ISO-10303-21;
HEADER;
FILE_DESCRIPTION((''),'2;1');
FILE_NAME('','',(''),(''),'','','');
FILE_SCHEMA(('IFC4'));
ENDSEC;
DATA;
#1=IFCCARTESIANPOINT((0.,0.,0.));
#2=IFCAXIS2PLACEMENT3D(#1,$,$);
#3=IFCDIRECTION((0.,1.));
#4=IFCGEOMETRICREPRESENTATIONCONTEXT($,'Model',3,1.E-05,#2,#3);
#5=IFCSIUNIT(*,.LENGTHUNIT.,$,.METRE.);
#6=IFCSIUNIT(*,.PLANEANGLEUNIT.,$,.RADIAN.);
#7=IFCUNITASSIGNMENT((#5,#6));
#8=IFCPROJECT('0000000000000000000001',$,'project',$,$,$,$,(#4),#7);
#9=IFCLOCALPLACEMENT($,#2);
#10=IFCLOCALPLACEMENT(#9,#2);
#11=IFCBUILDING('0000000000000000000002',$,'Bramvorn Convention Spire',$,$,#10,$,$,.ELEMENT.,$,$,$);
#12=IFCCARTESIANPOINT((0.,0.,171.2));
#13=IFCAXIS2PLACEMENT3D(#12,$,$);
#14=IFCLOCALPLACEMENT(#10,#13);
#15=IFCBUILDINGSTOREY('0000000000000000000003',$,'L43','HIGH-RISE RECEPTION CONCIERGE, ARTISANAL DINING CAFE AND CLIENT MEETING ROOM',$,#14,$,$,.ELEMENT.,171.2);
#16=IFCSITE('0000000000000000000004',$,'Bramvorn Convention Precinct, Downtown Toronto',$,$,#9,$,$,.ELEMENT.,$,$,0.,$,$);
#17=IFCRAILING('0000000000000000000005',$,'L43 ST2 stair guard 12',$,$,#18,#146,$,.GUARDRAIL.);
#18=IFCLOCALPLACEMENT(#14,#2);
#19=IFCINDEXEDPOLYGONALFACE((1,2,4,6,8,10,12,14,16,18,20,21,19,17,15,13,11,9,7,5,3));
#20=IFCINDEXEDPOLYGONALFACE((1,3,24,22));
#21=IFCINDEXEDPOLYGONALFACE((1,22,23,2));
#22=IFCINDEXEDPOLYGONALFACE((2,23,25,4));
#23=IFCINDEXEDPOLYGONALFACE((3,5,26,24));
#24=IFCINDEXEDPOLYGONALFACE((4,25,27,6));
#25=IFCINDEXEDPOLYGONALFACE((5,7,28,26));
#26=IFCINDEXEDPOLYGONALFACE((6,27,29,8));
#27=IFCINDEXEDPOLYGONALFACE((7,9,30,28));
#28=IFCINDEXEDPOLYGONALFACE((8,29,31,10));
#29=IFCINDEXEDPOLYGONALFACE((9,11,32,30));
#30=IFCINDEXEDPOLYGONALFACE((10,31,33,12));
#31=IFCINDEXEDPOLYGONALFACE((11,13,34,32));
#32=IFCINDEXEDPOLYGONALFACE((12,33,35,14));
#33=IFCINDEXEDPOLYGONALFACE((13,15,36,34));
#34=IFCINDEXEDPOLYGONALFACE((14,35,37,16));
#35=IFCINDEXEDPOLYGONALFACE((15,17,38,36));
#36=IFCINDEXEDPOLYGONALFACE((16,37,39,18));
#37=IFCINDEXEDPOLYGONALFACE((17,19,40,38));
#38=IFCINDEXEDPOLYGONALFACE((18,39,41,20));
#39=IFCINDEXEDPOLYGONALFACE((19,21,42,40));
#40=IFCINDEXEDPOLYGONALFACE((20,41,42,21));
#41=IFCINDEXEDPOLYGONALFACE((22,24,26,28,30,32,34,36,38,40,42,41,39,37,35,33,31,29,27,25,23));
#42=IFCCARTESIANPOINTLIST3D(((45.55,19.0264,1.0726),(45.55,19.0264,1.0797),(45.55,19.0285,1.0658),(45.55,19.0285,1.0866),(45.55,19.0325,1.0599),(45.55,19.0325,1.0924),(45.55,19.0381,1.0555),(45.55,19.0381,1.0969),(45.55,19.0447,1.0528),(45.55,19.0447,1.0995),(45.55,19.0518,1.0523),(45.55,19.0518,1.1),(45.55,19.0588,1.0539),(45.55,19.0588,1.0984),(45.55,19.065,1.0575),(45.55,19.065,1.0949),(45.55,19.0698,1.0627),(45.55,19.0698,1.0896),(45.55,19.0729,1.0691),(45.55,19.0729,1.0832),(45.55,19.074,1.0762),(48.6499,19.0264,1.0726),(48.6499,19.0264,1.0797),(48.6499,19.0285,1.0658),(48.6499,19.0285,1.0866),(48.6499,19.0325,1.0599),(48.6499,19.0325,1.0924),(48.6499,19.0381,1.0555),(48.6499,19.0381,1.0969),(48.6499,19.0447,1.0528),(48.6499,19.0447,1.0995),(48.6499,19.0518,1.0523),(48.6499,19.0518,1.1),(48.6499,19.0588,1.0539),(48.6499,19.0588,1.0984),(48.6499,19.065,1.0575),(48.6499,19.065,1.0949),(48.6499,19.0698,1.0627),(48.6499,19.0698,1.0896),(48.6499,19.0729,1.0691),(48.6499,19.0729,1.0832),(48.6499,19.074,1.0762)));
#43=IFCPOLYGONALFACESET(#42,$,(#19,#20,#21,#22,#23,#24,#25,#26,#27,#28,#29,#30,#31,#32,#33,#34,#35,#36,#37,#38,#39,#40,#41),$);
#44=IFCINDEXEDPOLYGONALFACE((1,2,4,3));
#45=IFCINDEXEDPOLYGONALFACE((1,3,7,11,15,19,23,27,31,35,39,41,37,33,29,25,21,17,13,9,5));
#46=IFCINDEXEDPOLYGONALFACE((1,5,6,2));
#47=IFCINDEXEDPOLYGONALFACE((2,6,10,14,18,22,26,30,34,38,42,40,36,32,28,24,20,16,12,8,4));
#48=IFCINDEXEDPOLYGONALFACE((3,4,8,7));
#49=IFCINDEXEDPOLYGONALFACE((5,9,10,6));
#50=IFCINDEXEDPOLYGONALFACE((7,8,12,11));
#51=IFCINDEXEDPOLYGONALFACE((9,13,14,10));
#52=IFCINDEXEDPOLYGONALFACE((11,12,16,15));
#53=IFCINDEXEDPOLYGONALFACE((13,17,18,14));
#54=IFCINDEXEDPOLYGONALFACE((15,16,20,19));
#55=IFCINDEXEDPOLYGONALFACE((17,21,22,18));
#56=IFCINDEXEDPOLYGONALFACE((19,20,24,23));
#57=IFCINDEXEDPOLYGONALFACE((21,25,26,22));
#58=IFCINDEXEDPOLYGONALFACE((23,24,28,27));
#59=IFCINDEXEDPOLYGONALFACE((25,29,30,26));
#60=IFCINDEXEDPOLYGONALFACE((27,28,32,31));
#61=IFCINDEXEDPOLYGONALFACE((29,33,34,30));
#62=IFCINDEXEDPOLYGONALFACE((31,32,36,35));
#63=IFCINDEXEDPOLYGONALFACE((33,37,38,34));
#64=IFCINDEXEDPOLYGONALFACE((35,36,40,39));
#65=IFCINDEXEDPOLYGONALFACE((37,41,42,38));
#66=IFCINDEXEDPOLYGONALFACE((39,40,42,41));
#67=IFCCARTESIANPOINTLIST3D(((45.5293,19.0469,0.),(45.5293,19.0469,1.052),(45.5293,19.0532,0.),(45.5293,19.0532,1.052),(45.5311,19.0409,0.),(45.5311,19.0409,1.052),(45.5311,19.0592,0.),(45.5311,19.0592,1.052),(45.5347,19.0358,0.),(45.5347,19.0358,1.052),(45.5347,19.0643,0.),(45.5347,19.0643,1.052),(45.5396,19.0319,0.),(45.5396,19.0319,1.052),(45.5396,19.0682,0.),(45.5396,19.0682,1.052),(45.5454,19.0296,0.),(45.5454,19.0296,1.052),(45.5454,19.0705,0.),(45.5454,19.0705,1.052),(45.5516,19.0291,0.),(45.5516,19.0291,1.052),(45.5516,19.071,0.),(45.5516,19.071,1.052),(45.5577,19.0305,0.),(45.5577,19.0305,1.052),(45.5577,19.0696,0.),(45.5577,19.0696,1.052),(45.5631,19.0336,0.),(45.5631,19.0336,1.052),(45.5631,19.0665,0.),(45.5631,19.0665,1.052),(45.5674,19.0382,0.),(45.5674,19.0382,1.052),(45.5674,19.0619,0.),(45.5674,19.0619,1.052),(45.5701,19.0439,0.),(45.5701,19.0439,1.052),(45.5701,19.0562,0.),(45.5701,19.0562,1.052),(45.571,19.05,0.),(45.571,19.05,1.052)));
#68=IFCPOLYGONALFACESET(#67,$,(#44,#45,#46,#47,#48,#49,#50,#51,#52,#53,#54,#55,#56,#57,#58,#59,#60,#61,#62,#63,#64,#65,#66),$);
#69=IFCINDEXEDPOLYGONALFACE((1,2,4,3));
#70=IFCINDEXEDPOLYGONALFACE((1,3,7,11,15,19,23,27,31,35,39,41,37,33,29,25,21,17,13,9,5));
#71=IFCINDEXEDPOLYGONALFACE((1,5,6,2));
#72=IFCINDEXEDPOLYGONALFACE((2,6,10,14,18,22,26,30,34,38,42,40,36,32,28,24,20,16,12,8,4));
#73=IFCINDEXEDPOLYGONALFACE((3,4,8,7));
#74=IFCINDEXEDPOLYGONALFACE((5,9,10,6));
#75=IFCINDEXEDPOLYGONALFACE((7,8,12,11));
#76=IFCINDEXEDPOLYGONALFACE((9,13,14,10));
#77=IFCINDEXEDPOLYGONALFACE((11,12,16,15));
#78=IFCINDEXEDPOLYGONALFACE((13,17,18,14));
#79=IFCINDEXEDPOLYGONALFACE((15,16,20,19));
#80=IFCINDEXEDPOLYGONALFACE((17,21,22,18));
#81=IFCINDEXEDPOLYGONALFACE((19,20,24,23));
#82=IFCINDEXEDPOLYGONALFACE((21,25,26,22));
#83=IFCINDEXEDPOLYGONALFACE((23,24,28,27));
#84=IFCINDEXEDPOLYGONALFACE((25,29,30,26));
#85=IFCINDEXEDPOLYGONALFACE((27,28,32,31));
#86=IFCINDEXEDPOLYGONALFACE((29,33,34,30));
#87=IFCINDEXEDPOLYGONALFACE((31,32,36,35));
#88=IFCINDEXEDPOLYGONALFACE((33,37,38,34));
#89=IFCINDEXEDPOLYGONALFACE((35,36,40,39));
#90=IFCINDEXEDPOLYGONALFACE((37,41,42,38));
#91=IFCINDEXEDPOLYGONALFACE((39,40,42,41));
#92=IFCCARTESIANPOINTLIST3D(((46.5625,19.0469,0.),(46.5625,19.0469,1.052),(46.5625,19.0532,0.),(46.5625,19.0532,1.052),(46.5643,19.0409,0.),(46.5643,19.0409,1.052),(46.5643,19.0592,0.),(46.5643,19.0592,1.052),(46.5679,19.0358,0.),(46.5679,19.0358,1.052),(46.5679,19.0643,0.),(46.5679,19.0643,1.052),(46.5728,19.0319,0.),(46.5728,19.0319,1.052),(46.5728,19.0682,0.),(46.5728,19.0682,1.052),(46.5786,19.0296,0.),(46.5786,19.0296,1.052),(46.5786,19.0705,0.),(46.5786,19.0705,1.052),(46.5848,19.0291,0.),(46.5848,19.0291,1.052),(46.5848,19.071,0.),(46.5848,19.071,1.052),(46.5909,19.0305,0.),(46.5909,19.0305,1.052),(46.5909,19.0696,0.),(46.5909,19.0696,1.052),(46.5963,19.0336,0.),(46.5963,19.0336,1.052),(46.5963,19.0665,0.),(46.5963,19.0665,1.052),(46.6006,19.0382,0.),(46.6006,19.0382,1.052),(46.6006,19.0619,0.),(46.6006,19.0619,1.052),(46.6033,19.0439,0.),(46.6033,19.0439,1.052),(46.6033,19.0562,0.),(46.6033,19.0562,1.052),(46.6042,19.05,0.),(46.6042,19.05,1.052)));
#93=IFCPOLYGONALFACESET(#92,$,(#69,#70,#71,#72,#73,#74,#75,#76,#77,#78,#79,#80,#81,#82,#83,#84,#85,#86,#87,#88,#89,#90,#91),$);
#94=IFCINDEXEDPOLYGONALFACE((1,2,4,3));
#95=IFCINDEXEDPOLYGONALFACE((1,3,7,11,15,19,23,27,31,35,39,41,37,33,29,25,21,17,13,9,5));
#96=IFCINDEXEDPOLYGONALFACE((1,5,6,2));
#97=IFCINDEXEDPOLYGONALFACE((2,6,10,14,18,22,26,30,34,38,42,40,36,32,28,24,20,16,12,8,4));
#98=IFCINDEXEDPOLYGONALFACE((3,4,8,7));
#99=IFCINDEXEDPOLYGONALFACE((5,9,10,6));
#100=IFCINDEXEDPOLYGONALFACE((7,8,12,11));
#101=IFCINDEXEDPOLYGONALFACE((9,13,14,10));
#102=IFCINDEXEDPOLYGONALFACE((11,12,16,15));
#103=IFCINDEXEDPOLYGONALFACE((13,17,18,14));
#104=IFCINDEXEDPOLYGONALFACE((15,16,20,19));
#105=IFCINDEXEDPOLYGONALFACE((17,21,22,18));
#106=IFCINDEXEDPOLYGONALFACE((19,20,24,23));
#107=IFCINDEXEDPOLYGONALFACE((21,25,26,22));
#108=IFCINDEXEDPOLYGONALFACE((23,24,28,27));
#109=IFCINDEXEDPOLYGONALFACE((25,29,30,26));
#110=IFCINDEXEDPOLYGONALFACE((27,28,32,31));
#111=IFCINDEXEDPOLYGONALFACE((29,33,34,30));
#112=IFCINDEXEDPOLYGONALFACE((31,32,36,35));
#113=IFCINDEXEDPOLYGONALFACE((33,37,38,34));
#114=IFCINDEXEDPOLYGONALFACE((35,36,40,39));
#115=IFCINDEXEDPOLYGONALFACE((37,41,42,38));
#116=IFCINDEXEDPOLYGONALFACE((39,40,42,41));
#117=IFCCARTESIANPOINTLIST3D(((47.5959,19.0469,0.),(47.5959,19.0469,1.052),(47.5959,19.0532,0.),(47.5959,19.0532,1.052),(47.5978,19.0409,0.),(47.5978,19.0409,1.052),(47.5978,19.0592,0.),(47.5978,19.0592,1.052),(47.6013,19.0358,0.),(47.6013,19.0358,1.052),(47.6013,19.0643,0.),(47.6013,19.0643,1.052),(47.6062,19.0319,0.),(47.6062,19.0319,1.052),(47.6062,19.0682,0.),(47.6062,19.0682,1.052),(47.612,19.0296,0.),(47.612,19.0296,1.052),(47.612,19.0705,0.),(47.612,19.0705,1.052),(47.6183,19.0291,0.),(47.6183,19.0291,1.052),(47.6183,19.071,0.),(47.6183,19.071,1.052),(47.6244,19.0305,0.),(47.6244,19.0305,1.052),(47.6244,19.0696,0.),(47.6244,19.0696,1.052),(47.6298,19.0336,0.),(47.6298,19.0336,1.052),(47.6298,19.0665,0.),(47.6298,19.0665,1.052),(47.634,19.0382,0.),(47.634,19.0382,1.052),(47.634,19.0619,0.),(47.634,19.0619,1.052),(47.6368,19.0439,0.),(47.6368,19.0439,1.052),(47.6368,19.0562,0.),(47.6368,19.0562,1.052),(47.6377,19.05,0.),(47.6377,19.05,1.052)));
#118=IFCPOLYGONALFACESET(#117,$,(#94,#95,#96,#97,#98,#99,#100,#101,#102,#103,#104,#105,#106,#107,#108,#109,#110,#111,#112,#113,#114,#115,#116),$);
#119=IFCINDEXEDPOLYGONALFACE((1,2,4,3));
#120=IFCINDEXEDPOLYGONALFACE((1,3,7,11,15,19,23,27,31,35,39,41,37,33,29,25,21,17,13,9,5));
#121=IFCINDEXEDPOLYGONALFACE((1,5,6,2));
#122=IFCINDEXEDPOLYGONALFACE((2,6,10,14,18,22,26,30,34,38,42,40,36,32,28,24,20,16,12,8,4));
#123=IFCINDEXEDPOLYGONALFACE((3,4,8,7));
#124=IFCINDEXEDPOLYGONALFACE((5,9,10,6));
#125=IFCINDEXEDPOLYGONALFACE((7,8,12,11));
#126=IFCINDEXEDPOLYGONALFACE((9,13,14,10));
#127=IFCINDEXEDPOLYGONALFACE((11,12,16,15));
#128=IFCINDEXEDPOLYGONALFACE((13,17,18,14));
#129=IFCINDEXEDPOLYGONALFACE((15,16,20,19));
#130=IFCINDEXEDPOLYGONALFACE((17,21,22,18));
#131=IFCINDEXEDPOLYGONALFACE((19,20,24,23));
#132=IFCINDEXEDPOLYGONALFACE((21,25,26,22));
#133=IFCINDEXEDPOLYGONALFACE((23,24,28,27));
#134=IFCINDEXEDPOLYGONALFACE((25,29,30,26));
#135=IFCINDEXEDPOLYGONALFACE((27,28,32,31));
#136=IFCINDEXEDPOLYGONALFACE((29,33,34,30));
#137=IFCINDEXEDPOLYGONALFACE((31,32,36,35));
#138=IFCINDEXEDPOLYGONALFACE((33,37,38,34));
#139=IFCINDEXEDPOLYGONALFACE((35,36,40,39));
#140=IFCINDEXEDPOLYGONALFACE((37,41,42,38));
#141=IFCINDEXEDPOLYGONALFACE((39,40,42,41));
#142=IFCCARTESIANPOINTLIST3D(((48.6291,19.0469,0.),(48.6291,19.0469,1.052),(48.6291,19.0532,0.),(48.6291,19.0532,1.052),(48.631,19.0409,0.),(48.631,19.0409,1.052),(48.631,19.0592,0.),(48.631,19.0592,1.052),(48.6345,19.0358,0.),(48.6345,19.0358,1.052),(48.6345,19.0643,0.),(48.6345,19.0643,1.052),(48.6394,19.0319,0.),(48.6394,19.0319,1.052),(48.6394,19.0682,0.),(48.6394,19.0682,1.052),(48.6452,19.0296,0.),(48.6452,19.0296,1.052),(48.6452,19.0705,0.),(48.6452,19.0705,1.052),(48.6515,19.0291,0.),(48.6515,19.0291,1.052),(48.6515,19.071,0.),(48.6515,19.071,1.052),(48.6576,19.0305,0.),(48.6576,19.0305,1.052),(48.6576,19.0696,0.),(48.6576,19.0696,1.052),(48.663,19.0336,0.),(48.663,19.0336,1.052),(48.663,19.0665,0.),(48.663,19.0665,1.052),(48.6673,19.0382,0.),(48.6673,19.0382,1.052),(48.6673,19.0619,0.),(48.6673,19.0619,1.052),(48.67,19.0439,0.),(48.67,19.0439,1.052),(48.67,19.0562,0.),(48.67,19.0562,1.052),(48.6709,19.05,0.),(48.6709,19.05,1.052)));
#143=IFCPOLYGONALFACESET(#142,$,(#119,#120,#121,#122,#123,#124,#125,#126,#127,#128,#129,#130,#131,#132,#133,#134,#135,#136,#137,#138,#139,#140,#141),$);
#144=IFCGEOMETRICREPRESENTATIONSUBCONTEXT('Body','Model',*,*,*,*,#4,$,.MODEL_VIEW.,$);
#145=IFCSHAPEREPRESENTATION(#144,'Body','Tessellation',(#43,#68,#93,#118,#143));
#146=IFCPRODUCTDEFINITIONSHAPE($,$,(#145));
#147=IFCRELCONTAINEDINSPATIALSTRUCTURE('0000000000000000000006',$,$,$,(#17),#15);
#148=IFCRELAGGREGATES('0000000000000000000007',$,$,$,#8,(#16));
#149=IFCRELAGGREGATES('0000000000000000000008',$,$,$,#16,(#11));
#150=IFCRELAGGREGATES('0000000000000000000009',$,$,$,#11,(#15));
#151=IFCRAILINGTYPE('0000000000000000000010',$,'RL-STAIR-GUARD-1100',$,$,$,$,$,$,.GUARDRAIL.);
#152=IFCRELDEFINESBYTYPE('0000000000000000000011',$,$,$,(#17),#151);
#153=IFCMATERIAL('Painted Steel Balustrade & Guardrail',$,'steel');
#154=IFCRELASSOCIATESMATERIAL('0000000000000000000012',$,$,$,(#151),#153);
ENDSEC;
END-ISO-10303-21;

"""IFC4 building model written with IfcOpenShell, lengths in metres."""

from ifc_helpers import new_model, si_unit, direction, frame, origin, origin_2d, place, context, subcontext, project, spatial, circle, extrude, material, type_object, element, save


model = new_model("IFC4")

# Units and contexts
model_context = context("Model", 3, precision=1e-05, world=origin(), true_north=direction((0.0, 1.0)))
body_context = subcontext(model_context, "Body", "Model", "MODEL_VIEW")
ifc_project = project(units=[si_unit("LENGTHUNIT", "METRE"), si_unit("PLANEANGLEUNIT", "RADIAN")], contexts=[model_context])

# Site, building, storey
site_placement = place(None, origin())
site = spatial("IfcSite", under=ifc_project, at=site_placement, Name="Bramvorn Convention Precinct, Downtown Toronto", CompositionType="ELEMENT", RefElevation=0.0)
building_placement = place(site_placement, origin())
building = spatial("IfcBuilding", under=site, at=building_placement, Name="Bramvorn Convention Spire", CompositionType="ELEMENT")
storey_placement = place(building_placement, frame((0.0, 0.0, 171.2)))
storey = spatial("IfcBuildingStorey", under=building, at=storey_placement, Name="L43", Description="HIGH-RISE RECEPTION CONCIERGE, ARTISANAL DINING CAFE AND CLIENT MEETING ROOM", CompositionType="ELEMENT", Elevation=171.2)

# Railing
ifc_material_1 = material(Name="Painted Steel Balustrade & Guardrail", Category="steel")
railing_type = type_object("IfcRailingType", Name="RL-STAIR-GUARD-1100", PredefinedType="GUARDRAIL", material=ifc_material_1)
railing_1_placement = place(storey_placement, frame((45.55, 19.05, 0.0)))
element("IfcRailing", 1, at=railing_1_placement, inside=storey, type_object=railing_type, Name="L43 ST2 stair guard 12", PredefinedType="GUARDRAIL", context=body_context, shape_type="SweptSolid", body=[
    extrude(circle(Radius=0.0239, at=origin_2d()), frame((0.0, 0.0, 1.0762), z_axis=(1.0, 0.0, 0.0), x_axis=(0.0, 1.0, 0.0)), (0.0, 0.0, 1.0), 3.0999),
    extrude(circle(Radius=0.021, at=origin_2d()), origin(), (0.0, 0.0, 1.0), 1.052),
    extrude(circle(Radius=0.021, at=origin_2d()), frame((1.0332, 0.0, 0.0)), (0.0, 0.0, 1.0), 1.052),
    extrude(circle(Radius=0.021, at=origin_2d()), frame((2.0667, 0.0, 0.0)), (0.0, 0.0, 1.0), 1.052),
    extrude(circle(Radius=0.021, at=origin_2d()), frame((3.0999, 0.0, 0.0)), (0.0, 0.0, 1.0), 1.052),
])

save(model, "model.ifc")
